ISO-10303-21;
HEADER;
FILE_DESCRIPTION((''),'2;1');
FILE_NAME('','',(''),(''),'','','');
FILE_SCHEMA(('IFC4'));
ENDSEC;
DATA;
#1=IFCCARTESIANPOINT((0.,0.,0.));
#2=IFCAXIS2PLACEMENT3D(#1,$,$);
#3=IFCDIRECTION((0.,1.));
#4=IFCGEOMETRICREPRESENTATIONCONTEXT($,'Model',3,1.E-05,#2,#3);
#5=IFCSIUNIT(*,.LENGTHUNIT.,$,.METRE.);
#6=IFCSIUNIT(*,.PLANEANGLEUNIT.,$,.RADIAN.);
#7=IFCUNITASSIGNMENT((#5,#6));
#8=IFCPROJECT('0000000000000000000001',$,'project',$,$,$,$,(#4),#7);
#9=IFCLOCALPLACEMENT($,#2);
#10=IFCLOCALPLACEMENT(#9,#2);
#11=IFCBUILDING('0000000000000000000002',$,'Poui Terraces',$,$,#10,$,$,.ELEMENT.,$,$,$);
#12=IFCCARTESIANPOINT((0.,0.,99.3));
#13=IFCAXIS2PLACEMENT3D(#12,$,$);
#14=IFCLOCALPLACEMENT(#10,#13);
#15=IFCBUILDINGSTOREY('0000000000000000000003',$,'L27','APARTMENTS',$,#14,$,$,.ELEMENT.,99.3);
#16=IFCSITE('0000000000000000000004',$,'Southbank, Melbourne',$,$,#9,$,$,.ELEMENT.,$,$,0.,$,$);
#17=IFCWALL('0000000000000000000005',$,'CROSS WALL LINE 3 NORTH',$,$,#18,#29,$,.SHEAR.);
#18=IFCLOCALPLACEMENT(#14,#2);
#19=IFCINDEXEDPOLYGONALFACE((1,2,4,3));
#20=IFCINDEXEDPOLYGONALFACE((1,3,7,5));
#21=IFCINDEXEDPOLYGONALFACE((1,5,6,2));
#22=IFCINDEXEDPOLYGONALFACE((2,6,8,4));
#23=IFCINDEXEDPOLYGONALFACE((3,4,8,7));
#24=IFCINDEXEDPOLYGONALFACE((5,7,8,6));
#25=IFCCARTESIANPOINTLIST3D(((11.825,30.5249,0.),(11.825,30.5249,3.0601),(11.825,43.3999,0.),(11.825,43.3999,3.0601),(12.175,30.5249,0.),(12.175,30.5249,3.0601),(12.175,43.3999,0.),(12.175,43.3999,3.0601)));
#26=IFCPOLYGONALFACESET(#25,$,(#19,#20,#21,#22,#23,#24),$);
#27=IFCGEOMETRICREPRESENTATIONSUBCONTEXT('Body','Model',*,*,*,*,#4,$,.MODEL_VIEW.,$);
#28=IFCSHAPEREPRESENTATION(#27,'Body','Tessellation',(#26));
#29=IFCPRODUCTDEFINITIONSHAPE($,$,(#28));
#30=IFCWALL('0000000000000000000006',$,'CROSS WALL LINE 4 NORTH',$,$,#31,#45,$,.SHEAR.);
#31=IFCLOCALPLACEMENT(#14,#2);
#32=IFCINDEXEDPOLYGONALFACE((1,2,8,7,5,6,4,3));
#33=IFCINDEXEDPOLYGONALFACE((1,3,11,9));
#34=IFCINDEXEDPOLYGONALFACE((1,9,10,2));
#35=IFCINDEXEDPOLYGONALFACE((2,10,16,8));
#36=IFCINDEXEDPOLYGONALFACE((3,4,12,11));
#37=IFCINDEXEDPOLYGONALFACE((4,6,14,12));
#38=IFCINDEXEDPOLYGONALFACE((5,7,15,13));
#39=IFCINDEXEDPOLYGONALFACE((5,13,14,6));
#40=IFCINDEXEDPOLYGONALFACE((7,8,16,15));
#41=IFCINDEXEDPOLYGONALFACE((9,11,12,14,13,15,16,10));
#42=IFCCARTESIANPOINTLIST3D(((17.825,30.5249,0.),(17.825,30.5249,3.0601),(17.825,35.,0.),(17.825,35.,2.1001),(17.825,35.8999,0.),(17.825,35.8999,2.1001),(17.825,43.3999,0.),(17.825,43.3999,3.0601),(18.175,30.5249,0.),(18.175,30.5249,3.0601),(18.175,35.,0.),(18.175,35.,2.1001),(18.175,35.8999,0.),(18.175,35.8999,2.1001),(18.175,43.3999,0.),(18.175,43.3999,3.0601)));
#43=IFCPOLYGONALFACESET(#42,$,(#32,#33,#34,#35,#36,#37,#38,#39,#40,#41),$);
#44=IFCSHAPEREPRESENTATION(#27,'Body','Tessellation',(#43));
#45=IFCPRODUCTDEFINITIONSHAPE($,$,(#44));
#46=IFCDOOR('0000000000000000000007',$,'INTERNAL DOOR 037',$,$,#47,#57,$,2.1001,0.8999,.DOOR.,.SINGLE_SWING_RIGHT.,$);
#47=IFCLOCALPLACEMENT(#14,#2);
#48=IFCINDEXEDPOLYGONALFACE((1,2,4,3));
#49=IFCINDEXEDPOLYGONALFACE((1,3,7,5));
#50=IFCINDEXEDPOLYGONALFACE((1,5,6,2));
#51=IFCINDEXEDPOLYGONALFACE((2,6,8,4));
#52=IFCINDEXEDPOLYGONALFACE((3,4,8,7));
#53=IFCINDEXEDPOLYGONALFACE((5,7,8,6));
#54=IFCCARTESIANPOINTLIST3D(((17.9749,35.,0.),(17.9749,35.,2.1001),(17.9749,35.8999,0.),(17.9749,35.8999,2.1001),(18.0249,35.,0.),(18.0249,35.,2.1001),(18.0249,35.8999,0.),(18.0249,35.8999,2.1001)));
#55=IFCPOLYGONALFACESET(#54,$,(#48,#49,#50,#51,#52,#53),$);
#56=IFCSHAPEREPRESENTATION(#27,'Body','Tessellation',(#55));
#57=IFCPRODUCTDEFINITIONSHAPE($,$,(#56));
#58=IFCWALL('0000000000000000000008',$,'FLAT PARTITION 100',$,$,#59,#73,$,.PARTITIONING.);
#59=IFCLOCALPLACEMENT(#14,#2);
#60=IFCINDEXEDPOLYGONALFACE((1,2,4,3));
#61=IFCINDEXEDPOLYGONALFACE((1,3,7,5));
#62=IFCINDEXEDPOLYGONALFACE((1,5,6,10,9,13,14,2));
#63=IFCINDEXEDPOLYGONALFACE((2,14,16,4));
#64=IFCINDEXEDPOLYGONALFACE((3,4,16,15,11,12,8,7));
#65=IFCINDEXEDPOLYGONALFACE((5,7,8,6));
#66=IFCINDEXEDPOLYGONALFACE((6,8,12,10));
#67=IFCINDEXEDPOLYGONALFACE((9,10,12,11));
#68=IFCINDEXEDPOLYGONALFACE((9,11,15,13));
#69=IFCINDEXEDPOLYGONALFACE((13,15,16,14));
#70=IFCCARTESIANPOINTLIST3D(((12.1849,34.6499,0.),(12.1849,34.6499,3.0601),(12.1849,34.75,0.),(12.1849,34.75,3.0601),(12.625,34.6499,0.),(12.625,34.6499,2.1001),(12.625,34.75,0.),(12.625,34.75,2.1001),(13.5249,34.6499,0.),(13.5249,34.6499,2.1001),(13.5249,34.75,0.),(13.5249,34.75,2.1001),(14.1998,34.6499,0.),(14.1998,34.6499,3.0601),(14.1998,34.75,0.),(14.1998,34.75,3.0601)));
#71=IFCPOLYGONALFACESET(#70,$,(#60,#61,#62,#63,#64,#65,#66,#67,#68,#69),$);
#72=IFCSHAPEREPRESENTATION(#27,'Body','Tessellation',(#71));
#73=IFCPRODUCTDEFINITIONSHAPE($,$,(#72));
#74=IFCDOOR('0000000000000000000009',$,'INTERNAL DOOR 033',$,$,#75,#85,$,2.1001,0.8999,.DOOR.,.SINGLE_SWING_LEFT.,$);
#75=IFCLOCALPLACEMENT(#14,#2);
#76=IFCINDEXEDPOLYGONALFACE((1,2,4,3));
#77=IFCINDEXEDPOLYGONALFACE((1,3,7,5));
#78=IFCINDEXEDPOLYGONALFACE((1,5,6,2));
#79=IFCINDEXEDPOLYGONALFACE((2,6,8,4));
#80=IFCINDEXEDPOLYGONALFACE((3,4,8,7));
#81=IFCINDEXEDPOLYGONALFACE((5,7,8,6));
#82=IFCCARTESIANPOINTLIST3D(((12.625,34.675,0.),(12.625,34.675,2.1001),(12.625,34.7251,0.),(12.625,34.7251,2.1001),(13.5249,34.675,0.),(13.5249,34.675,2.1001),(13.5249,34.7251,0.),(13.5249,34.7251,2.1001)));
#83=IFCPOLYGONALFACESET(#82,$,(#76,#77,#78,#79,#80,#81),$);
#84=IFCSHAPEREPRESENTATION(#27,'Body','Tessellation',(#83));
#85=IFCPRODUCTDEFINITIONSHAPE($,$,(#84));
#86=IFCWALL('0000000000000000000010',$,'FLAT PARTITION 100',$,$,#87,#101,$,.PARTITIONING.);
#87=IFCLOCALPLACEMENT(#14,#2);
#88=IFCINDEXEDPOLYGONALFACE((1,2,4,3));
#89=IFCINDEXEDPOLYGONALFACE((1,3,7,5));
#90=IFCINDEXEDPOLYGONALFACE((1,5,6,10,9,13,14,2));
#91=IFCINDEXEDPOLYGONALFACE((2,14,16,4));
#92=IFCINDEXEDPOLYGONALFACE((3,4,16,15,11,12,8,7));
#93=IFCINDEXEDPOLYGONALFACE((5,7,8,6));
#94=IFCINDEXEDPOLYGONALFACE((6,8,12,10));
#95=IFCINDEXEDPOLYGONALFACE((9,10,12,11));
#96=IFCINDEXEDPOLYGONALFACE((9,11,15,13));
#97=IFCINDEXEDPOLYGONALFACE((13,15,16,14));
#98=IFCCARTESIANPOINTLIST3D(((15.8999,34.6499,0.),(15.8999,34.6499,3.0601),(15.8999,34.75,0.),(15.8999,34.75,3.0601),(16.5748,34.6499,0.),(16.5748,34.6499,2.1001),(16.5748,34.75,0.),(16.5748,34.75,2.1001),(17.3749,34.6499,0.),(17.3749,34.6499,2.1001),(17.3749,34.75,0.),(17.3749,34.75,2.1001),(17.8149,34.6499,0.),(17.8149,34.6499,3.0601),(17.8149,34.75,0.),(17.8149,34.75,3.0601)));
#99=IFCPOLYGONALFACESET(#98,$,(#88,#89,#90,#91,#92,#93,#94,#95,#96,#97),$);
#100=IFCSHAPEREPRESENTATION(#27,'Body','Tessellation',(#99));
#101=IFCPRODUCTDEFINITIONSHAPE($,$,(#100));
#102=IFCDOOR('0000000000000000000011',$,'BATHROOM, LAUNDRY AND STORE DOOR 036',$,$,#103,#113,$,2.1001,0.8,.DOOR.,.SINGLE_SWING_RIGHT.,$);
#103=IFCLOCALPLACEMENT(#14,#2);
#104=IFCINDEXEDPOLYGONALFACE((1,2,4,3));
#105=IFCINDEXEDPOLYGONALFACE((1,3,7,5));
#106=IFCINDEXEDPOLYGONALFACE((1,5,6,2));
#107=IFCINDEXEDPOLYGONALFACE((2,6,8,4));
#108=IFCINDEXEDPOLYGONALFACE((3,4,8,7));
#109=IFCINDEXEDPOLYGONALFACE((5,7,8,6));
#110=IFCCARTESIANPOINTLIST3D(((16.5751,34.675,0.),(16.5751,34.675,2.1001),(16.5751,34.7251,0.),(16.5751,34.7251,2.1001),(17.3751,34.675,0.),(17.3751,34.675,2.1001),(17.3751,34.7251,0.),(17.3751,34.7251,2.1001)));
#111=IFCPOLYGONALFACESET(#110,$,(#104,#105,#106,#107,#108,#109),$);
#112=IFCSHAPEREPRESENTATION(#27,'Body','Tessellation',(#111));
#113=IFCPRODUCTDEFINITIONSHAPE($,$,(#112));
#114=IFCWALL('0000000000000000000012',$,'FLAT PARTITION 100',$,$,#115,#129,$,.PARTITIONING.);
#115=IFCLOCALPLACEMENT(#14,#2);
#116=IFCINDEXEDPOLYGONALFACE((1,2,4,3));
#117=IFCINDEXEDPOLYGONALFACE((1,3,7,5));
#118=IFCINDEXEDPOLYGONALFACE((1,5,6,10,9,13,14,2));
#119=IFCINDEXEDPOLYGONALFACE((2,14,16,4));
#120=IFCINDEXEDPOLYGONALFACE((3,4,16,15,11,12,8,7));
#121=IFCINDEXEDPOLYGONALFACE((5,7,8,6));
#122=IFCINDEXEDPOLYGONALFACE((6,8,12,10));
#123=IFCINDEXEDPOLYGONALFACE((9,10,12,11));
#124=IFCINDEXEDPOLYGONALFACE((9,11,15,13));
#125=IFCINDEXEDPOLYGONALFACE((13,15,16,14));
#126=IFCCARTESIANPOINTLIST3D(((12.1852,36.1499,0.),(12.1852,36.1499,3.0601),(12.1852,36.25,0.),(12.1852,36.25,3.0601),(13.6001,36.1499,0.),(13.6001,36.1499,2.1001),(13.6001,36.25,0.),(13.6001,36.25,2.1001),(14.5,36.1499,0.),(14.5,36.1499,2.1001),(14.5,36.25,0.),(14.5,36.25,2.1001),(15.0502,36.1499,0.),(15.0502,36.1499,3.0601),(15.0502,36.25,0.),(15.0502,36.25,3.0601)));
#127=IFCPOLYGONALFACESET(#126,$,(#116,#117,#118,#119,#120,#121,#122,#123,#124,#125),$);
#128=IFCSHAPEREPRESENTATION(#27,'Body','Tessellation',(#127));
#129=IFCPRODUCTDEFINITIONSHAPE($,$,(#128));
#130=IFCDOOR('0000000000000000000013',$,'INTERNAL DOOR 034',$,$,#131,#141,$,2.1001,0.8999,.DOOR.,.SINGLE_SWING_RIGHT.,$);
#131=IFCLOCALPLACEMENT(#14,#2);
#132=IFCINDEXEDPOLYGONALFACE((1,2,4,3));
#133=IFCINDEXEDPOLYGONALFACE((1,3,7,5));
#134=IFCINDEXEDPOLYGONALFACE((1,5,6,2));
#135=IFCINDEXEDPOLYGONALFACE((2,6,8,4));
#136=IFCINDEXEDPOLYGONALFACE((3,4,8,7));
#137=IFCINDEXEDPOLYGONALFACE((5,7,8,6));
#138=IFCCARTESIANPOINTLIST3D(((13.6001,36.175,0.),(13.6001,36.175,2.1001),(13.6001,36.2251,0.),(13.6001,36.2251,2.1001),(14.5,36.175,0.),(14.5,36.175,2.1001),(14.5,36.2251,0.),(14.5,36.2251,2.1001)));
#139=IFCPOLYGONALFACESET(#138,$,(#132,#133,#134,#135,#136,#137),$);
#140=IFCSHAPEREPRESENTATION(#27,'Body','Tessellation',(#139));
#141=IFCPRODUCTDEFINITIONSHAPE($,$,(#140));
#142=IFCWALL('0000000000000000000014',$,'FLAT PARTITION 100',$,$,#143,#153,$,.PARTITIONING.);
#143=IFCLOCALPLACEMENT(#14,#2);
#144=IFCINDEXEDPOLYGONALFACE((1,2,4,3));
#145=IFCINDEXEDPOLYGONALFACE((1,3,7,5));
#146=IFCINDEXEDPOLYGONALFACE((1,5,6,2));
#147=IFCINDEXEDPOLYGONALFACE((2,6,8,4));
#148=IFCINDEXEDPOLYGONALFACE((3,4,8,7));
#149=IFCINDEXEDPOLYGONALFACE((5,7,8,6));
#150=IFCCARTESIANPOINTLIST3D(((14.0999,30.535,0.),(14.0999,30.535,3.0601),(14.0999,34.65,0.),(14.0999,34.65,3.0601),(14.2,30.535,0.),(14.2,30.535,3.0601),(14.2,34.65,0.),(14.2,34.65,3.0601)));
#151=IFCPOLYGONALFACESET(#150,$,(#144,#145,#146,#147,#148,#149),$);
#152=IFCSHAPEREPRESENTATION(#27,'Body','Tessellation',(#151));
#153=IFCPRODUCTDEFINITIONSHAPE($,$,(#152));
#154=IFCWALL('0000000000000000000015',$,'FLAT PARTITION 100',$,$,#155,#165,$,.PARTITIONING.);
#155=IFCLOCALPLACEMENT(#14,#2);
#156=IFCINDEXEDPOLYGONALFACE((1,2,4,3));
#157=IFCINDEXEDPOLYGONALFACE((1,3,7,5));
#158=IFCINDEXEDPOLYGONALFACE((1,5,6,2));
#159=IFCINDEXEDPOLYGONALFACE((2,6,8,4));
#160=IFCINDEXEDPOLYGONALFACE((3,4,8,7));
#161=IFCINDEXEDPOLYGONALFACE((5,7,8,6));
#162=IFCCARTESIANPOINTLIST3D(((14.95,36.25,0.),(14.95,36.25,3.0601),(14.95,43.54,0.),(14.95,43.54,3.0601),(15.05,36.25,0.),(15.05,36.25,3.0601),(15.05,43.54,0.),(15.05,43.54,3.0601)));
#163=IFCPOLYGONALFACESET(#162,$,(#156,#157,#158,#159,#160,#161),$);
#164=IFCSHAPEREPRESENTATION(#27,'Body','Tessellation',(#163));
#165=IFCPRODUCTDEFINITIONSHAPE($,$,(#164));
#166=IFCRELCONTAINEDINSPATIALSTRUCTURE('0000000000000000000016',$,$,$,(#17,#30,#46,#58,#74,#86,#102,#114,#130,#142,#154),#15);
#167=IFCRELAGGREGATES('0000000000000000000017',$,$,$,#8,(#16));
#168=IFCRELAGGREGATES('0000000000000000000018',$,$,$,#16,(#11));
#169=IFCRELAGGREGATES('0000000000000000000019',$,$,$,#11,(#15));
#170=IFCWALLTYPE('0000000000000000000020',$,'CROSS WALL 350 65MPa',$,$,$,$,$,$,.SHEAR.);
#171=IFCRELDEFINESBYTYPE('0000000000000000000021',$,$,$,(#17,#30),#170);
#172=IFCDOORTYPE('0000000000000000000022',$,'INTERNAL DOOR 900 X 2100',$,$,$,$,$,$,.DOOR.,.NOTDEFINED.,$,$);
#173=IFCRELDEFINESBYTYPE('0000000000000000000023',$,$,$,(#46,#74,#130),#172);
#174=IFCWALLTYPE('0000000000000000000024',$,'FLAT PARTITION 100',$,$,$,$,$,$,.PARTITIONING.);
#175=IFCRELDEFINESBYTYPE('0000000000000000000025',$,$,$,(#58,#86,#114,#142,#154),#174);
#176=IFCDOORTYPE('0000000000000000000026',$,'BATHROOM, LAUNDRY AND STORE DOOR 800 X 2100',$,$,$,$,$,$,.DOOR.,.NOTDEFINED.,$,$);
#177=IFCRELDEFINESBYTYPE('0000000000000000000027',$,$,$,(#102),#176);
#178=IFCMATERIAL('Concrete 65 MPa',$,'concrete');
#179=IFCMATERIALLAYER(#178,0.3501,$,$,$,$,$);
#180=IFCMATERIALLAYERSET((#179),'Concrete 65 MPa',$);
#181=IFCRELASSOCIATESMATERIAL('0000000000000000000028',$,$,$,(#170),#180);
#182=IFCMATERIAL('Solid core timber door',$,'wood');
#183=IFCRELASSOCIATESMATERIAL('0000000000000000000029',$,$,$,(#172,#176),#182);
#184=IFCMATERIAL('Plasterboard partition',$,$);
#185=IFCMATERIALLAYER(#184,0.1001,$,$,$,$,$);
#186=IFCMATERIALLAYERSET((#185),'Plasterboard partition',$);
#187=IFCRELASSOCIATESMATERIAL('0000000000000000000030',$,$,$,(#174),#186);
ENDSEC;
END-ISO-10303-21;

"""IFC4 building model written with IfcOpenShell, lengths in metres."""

from ifc_helpers import new_model, si_unit, direction, frame, frame_2d, origin, place, context, subcontext, project, spatial, rectangle, extrude, material, layer, layer_set, type_object, element, fill, save


model = new_model("IFC4")

# Units and contexts
model_context = context("Model", 3, precision=1e-05, world=origin(), true_north=direction((0.0, 1.0)))
body_context = subcontext(model_context, "Body", "Model", "MODEL_VIEW")
ifc_project = project(units=[si_unit("LENGTHUNIT", "METRE"), si_unit("PLANEANGLEUNIT", "RADIAN")], contexts=[model_context])

# Site, building, storey
site_placement = place(None, origin())
site = spatial("IfcSite", under=ifc_project, at=site_placement, Name="Southbank, Melbourne", CompositionType="ELEMENT", RefElevation=0.0)
building_placement = place(site_placement, origin())
building = spatial("IfcBuilding", under=site, at=building_placement, Name="Poui Terraces", CompositionType="ELEMENT")
storey_placement = place(building_placement, frame((0.0, 0.0, 99.3)))
storey = spatial("IfcBuildingStorey", under=building, at=storey_placement, Name="L27", Description="APARTMENTS", CompositionType="ELEMENT", Elevation=99.3)

# Wall
ifc_material_1 = material(Name="Concrete 65 MPa", Category="concrete")
ifc_layer_1 = layer(ifc_material_1, 0.3501)
ifc_layer_set_1 = layer_set([ifc_layer_1], Name="Concrete 65 MPa")
wall_type_1 = type_object("IfcWallType", Name="CROSS WALL 350 65MPa", PredefinedType="SHEAR", material=ifc_layer_set_1)
wall_1_placement = place(storey_placement, frame((12.0, 30.5249, 0.0), z_axis=(0.0, 0.0, 1.0), x_axis=(0.0, 1.0, 0.0)))
element("IfcWall", 1, at=wall_1_placement, inside=storey, type_object=wall_type_1, Name="CROSS WALL LINE 3 NORTH", PredefinedType="SHEAR", context=body_context, shape_type="SweptSolid", body=[
    extrude(rectangle(XDim=12.875, YDim=0.3501, at=frame_2d((6.4375, 0.0))), origin(), (0.0, 0.0, 1.0), 3.0601),
])

# Walls, openings, doors
wall_2_placement = place(storey_placement, frame((18.0, 30.5249, 0.0), z_axis=(0.0, 0.0, 1.0), x_axis=(0.0, 1.0, 0.0)))
wall_2 = element("IfcWall", 2, at=wall_2_placement, inside=storey, type_object=wall_type_1, Name="CROSS WALL LINE 4 NORTH", PredefinedType="SHEAR", context=body_context, shape_type="SweptSolid", body=[
    extrude(rectangle(XDim=12.875, YDim=0.3501, at=frame_2d((6.4375, 0.0))), origin(), (0.0, 0.0, 1.0), 3.0601),
])
opening_1_placement = place(wall_2_placement, frame((4.4751, 0.0, 0.0)))
opening_1 = element("IfcOpeningElement", 3, at=opening_1_placement, cuts=wall_2, PredefinedType="OPENING", context=body_context, shape_type="SweptSolid", body=[
    extrude(rectangle(XDim=0.8999, YDim=2.1001, at=frame_2d((0.45, 1.05))), frame((0.0, 0.1851, 0.0), z_axis=(0.0, -1.0, 0.0), x_axis=(1.0, 0.0, 0.0)), (0.0, 0.0, 1.0), 0.3701),
])
ifc_material_2 = material(Name="Solid core timber door", Category="wood")
door_type_1 = type_object("IfcDoorType", Name="INTERNAL DOOR 900 X 2100", OperationType="NOTDEFINED", PredefinedType="DOOR", material=ifc_material_2)
door_1_placement = place(opening_1_placement, frame((0.8999, 0.0, 0.0), z_axis=(0.0, 0.0, 1.0), x_axis=(-1.0, 0.0, 0.0)))
door_1 = element("IfcDoor", 4, at=door_1_placement, inside=storey, type_object=door_type_1, Name="INTERNAL DOOR 037", OperationType="SINGLE_SWING_RIGHT", OverallHeight=2.1001, OverallWidth=0.8999, PredefinedType="DOOR", context=body_context, shape_type="SweptSolid", body=[
    extrude(rectangle(XDim=0.8999, YDim=2.1001, at=frame_2d((0.45, 1.05))), frame((0.0, 0.0249, 0.0), z_axis=(0.0, -1.0, 0.0), x_axis=(1.0, 0.0, 0.0)), (0.0, 0.0, 1.0), 0.05),
])
fill(opening_1, door_1)
ifc_material_3 = material(Name="Plasterboard partition")
ifc_layer_2 = layer(ifc_material_3, 0.1001)
ifc_layer_set_2 = layer_set([ifc_layer_2], Name="Plasterboard partition")
wall_type_2 = type_object("IfcWallType", Name="FLAT PARTITION 100", PredefinedType="PARTITIONING", material=ifc_layer_set_2)
wall_3_placement = place(storey_placement, frame((12.1851, 34.7, 0.0), z_axis=(0.0, 0.0, 1.0), x_axis=(1.0, 0.0, 0.0)))
wall_3 = element("IfcWall", 5, at=wall_3_placement, inside=storey, type_object=wall_type_2, Name="FLAT PARTITION 100", PredefinedType="PARTITIONING", context=body_context, shape_type="SweptSolid", body=[
    extrude(rectangle(XDim=2.0149, YDim=0.1001, at=frame_2d((1.0073, 0.0))), origin(), (0.0, 0.0, 1.0), 3.0601),
])
opening_2_placement = place(wall_3_placement, frame((0.4399, 0.0, 0.0)))
opening_2 = element("IfcOpeningElement", 6, at=opening_2_placement, cuts=wall_3, PredefinedType="OPENING", context=body_context, shape_type="SweptSolid", body=[
    extrude(rectangle(XDim=0.8999, YDim=2.1001, at=frame_2d((0.45, 1.05))), frame((0.0, 0.0601, 0.0), z_axis=(0.0, -1.0, 0.0), x_axis=(1.0, 0.0, 0.0)), (0.0, 0.0, 1.0), 0.1201),
])
door_2_placement = place(opening_2_placement, frame((0.8999, 0.0, 0.0), z_axis=(0.0, 0.0, 1.0), x_axis=(-1.0, 0.0, 0.0)))
door_2 = element("IfcDoor", 7, at=door_2_placement, inside=storey, type_object=door_type_1, Name="INTERNAL DOOR 033", OperationType="SINGLE_SWING_LEFT", OverallHeight=2.1001, OverallWidth=0.8999, PredefinedType="DOOR", context=body_context, shape_type="SweptSolid", body=[
    extrude(rectangle(XDim=0.8999, YDim=2.1001, at=frame_2d((0.45, 1.05))), frame((0.0, 0.0249, 0.0), z_axis=(0.0, -1.0, 0.0), x_axis=(1.0, 0.0, 0.0)), (0.0, 0.0, 1.0), 0.05),
])
fill(opening_2, door_2)
wall_4_placement = place(storey_placement, frame((15.8999, 34.7, 0.0), z_axis=(0.0, 0.0, 1.0), x_axis=(1.0, 0.0, 0.0)))
wall_4 = element("IfcWall", 8, at=wall_4_placement, inside=storey, type_object=wall_type_2, Name="FLAT PARTITION 100", PredefinedType="PARTITIONING", context=body_context, shape_type="SweptSolid", body=[
    extrude(rectangle(XDim=1.915, YDim=0.1001, at=frame_2d((0.9575, 0.0))), origin(), (0.0, 0.0, 1.0), 3.0601),
])
opening_3_placement = place(wall_4_placement, frame((0.675, 0.0, 0.0)))
opening_3 = element("IfcOpeningElement", 9, at=opening_3_placement, cuts=wall_4, PredefinedType="OPENING", context=body_context, shape_type="SweptSolid", body=[
    extrude(rectangle(XDim=0.8, YDim=2.1001, at=frame_2d((0.3999, 1.05))), frame((0.0, 0.0601, 0.0), z_axis=(0.0, -1.0, 0.0), x_axis=(1.0, 0.0, 0.0)), (0.0, 0.0, 1.0), 0.1201),
])
door_type_2 = type_object("IfcDoorType", Name="BATHROOM, LAUNDRY AND STORE DOOR 800 X 2100", OperationType="NOTDEFINED", PredefinedType="DOOR", material=ifc_material_2)
door_3_placement = place(opening_3_placement, frame((0.8, 0.0, 0.0), z_axis=(0.0, 0.0, 1.0), x_axis=(-1.0, 0.0, 0.0)))
door_3 = element("IfcDoor", 10, at=door_3_placement, inside=storey, type_object=door_type_2, Name="BATHROOM, LAUNDRY AND STORE DOOR 036", OperationType="SINGLE_SWING_RIGHT", OverallHeight=2.1001, OverallWidth=0.8, PredefinedType="DOOR", context=body_context, shape_type="SweptSolid", body=[
    extrude(rectangle(XDim=0.8, YDim=2.1001, at=frame_2d((0.3999, 1.05))), frame((0.0, 0.0249, 0.0), z_axis=(0.0, -1.0, 0.0), x_axis=(1.0, 0.0, 0.0)), (0.0, 0.0, 1.0), 0.05),
])
fill(opening_3, door_3)
wall_5_placement = place(storey_placement, frame((12.1851, 36.2, 0.0), z_axis=(0.0, 0.0, 1.0), x_axis=(1.0, 0.0, 0.0)))
wall_5 = element("IfcWall", 11, at=wall_5_placement, inside=storey, type_object=wall_type_2, Name="FLAT PARTITION 100", PredefinedType="PARTITIONING", context=body_context, shape_type="SweptSolid", body=[
    extrude(rectangle(XDim=2.865, YDim=0.1001, at=frame_2d((1.4326, 0.0))), origin(), (0.0, 0.0, 1.0), 3.0601),
])
opening_4_placement = place(wall_5_placement, frame((1.415, 0.0, 0.0)))
opening_4 = element("IfcOpeningElement", 12, at=opening_4_placement, cuts=wall_5, PredefinedType="OPENING", context=body_context, shape_type="SweptSolid", body=[
    extrude(rectangle(XDim=0.8999, YDim=2.1001, at=frame_2d((0.45, 1.05))), frame((0.0, 0.0601, 0.0), z_axis=(0.0, -1.0, 0.0), x_axis=(1.0, 0.0, 0.0)), (0.0, 0.0, 1.0), 0.1201),
])
door_4_placement = place(opening_4_placement, frame((0.8999, 0.0, 0.0), z_axis=(0.0, 0.0, 1.0), x_axis=(-1.0, 0.0, 0.0)))
door_4 = element("IfcDoor", 13, at=door_4_placement, inside=storey, type_object=door_type_1, Name="INTERNAL DOOR 034", OperationType="SINGLE_SWING_RIGHT", OverallHeight=2.1001, OverallWidth=0.8999, PredefinedType="DOOR", context=body_context, shape_type="SweptSolid", body=[
    extrude(rectangle(XDim=0.8999, YDim=2.1001, at=frame_2d((0.45, 1.05))), frame((0.0, 0.0249, 0.0), z_axis=(0.0, -1.0, 0.0), x_axis=(1.0, 0.0, 0.0)), (0.0, 0.0, 1.0), 0.05),
])
fill(opening_4, door_4)

# Walls
wall_6_placement = place(storey_placement, frame((14.1499, 30.5349, 0.0), z_axis=(0.0, 0.0, 1.0), x_axis=(0.0, 1.0, 0.0)))
element("IfcWall", 14, at=wall_6_placement, inside=storey, type_object=wall_type_2, Name="FLAT PARTITION 100", PredefinedType="PARTITIONING", context=body_context, shape_type="SweptSolid", body=[
    extrude(rectangle(XDim=4.115, YDim=0.1001, at=frame_2d((2.0576, 0.0))), origin(), (0.0, 0.0, 1.0), 3.0601),
])
wall_7_placement = place(storey_placement, frame((15.0, 36.25, 0.0), z_axis=(0.0, 0.0, 1.0), x_axis=(0.0, 1.0, 0.0)))
element("IfcWall", 15, at=wall_7_placement, inside=storey, type_object=wall_type_2, Name="FLAT PARTITION 100", PredefinedType="PARTITIONING", context=body_context, shape_type="SweptSolid", body=[
    extrude(rectangle(XDim=7.29, YDim=0.1001, at=frame_2d((3.645, 0.0))), origin(), (0.0, 0.0, 1.0), 3.0601),
])

save(model, "model.ifc")
